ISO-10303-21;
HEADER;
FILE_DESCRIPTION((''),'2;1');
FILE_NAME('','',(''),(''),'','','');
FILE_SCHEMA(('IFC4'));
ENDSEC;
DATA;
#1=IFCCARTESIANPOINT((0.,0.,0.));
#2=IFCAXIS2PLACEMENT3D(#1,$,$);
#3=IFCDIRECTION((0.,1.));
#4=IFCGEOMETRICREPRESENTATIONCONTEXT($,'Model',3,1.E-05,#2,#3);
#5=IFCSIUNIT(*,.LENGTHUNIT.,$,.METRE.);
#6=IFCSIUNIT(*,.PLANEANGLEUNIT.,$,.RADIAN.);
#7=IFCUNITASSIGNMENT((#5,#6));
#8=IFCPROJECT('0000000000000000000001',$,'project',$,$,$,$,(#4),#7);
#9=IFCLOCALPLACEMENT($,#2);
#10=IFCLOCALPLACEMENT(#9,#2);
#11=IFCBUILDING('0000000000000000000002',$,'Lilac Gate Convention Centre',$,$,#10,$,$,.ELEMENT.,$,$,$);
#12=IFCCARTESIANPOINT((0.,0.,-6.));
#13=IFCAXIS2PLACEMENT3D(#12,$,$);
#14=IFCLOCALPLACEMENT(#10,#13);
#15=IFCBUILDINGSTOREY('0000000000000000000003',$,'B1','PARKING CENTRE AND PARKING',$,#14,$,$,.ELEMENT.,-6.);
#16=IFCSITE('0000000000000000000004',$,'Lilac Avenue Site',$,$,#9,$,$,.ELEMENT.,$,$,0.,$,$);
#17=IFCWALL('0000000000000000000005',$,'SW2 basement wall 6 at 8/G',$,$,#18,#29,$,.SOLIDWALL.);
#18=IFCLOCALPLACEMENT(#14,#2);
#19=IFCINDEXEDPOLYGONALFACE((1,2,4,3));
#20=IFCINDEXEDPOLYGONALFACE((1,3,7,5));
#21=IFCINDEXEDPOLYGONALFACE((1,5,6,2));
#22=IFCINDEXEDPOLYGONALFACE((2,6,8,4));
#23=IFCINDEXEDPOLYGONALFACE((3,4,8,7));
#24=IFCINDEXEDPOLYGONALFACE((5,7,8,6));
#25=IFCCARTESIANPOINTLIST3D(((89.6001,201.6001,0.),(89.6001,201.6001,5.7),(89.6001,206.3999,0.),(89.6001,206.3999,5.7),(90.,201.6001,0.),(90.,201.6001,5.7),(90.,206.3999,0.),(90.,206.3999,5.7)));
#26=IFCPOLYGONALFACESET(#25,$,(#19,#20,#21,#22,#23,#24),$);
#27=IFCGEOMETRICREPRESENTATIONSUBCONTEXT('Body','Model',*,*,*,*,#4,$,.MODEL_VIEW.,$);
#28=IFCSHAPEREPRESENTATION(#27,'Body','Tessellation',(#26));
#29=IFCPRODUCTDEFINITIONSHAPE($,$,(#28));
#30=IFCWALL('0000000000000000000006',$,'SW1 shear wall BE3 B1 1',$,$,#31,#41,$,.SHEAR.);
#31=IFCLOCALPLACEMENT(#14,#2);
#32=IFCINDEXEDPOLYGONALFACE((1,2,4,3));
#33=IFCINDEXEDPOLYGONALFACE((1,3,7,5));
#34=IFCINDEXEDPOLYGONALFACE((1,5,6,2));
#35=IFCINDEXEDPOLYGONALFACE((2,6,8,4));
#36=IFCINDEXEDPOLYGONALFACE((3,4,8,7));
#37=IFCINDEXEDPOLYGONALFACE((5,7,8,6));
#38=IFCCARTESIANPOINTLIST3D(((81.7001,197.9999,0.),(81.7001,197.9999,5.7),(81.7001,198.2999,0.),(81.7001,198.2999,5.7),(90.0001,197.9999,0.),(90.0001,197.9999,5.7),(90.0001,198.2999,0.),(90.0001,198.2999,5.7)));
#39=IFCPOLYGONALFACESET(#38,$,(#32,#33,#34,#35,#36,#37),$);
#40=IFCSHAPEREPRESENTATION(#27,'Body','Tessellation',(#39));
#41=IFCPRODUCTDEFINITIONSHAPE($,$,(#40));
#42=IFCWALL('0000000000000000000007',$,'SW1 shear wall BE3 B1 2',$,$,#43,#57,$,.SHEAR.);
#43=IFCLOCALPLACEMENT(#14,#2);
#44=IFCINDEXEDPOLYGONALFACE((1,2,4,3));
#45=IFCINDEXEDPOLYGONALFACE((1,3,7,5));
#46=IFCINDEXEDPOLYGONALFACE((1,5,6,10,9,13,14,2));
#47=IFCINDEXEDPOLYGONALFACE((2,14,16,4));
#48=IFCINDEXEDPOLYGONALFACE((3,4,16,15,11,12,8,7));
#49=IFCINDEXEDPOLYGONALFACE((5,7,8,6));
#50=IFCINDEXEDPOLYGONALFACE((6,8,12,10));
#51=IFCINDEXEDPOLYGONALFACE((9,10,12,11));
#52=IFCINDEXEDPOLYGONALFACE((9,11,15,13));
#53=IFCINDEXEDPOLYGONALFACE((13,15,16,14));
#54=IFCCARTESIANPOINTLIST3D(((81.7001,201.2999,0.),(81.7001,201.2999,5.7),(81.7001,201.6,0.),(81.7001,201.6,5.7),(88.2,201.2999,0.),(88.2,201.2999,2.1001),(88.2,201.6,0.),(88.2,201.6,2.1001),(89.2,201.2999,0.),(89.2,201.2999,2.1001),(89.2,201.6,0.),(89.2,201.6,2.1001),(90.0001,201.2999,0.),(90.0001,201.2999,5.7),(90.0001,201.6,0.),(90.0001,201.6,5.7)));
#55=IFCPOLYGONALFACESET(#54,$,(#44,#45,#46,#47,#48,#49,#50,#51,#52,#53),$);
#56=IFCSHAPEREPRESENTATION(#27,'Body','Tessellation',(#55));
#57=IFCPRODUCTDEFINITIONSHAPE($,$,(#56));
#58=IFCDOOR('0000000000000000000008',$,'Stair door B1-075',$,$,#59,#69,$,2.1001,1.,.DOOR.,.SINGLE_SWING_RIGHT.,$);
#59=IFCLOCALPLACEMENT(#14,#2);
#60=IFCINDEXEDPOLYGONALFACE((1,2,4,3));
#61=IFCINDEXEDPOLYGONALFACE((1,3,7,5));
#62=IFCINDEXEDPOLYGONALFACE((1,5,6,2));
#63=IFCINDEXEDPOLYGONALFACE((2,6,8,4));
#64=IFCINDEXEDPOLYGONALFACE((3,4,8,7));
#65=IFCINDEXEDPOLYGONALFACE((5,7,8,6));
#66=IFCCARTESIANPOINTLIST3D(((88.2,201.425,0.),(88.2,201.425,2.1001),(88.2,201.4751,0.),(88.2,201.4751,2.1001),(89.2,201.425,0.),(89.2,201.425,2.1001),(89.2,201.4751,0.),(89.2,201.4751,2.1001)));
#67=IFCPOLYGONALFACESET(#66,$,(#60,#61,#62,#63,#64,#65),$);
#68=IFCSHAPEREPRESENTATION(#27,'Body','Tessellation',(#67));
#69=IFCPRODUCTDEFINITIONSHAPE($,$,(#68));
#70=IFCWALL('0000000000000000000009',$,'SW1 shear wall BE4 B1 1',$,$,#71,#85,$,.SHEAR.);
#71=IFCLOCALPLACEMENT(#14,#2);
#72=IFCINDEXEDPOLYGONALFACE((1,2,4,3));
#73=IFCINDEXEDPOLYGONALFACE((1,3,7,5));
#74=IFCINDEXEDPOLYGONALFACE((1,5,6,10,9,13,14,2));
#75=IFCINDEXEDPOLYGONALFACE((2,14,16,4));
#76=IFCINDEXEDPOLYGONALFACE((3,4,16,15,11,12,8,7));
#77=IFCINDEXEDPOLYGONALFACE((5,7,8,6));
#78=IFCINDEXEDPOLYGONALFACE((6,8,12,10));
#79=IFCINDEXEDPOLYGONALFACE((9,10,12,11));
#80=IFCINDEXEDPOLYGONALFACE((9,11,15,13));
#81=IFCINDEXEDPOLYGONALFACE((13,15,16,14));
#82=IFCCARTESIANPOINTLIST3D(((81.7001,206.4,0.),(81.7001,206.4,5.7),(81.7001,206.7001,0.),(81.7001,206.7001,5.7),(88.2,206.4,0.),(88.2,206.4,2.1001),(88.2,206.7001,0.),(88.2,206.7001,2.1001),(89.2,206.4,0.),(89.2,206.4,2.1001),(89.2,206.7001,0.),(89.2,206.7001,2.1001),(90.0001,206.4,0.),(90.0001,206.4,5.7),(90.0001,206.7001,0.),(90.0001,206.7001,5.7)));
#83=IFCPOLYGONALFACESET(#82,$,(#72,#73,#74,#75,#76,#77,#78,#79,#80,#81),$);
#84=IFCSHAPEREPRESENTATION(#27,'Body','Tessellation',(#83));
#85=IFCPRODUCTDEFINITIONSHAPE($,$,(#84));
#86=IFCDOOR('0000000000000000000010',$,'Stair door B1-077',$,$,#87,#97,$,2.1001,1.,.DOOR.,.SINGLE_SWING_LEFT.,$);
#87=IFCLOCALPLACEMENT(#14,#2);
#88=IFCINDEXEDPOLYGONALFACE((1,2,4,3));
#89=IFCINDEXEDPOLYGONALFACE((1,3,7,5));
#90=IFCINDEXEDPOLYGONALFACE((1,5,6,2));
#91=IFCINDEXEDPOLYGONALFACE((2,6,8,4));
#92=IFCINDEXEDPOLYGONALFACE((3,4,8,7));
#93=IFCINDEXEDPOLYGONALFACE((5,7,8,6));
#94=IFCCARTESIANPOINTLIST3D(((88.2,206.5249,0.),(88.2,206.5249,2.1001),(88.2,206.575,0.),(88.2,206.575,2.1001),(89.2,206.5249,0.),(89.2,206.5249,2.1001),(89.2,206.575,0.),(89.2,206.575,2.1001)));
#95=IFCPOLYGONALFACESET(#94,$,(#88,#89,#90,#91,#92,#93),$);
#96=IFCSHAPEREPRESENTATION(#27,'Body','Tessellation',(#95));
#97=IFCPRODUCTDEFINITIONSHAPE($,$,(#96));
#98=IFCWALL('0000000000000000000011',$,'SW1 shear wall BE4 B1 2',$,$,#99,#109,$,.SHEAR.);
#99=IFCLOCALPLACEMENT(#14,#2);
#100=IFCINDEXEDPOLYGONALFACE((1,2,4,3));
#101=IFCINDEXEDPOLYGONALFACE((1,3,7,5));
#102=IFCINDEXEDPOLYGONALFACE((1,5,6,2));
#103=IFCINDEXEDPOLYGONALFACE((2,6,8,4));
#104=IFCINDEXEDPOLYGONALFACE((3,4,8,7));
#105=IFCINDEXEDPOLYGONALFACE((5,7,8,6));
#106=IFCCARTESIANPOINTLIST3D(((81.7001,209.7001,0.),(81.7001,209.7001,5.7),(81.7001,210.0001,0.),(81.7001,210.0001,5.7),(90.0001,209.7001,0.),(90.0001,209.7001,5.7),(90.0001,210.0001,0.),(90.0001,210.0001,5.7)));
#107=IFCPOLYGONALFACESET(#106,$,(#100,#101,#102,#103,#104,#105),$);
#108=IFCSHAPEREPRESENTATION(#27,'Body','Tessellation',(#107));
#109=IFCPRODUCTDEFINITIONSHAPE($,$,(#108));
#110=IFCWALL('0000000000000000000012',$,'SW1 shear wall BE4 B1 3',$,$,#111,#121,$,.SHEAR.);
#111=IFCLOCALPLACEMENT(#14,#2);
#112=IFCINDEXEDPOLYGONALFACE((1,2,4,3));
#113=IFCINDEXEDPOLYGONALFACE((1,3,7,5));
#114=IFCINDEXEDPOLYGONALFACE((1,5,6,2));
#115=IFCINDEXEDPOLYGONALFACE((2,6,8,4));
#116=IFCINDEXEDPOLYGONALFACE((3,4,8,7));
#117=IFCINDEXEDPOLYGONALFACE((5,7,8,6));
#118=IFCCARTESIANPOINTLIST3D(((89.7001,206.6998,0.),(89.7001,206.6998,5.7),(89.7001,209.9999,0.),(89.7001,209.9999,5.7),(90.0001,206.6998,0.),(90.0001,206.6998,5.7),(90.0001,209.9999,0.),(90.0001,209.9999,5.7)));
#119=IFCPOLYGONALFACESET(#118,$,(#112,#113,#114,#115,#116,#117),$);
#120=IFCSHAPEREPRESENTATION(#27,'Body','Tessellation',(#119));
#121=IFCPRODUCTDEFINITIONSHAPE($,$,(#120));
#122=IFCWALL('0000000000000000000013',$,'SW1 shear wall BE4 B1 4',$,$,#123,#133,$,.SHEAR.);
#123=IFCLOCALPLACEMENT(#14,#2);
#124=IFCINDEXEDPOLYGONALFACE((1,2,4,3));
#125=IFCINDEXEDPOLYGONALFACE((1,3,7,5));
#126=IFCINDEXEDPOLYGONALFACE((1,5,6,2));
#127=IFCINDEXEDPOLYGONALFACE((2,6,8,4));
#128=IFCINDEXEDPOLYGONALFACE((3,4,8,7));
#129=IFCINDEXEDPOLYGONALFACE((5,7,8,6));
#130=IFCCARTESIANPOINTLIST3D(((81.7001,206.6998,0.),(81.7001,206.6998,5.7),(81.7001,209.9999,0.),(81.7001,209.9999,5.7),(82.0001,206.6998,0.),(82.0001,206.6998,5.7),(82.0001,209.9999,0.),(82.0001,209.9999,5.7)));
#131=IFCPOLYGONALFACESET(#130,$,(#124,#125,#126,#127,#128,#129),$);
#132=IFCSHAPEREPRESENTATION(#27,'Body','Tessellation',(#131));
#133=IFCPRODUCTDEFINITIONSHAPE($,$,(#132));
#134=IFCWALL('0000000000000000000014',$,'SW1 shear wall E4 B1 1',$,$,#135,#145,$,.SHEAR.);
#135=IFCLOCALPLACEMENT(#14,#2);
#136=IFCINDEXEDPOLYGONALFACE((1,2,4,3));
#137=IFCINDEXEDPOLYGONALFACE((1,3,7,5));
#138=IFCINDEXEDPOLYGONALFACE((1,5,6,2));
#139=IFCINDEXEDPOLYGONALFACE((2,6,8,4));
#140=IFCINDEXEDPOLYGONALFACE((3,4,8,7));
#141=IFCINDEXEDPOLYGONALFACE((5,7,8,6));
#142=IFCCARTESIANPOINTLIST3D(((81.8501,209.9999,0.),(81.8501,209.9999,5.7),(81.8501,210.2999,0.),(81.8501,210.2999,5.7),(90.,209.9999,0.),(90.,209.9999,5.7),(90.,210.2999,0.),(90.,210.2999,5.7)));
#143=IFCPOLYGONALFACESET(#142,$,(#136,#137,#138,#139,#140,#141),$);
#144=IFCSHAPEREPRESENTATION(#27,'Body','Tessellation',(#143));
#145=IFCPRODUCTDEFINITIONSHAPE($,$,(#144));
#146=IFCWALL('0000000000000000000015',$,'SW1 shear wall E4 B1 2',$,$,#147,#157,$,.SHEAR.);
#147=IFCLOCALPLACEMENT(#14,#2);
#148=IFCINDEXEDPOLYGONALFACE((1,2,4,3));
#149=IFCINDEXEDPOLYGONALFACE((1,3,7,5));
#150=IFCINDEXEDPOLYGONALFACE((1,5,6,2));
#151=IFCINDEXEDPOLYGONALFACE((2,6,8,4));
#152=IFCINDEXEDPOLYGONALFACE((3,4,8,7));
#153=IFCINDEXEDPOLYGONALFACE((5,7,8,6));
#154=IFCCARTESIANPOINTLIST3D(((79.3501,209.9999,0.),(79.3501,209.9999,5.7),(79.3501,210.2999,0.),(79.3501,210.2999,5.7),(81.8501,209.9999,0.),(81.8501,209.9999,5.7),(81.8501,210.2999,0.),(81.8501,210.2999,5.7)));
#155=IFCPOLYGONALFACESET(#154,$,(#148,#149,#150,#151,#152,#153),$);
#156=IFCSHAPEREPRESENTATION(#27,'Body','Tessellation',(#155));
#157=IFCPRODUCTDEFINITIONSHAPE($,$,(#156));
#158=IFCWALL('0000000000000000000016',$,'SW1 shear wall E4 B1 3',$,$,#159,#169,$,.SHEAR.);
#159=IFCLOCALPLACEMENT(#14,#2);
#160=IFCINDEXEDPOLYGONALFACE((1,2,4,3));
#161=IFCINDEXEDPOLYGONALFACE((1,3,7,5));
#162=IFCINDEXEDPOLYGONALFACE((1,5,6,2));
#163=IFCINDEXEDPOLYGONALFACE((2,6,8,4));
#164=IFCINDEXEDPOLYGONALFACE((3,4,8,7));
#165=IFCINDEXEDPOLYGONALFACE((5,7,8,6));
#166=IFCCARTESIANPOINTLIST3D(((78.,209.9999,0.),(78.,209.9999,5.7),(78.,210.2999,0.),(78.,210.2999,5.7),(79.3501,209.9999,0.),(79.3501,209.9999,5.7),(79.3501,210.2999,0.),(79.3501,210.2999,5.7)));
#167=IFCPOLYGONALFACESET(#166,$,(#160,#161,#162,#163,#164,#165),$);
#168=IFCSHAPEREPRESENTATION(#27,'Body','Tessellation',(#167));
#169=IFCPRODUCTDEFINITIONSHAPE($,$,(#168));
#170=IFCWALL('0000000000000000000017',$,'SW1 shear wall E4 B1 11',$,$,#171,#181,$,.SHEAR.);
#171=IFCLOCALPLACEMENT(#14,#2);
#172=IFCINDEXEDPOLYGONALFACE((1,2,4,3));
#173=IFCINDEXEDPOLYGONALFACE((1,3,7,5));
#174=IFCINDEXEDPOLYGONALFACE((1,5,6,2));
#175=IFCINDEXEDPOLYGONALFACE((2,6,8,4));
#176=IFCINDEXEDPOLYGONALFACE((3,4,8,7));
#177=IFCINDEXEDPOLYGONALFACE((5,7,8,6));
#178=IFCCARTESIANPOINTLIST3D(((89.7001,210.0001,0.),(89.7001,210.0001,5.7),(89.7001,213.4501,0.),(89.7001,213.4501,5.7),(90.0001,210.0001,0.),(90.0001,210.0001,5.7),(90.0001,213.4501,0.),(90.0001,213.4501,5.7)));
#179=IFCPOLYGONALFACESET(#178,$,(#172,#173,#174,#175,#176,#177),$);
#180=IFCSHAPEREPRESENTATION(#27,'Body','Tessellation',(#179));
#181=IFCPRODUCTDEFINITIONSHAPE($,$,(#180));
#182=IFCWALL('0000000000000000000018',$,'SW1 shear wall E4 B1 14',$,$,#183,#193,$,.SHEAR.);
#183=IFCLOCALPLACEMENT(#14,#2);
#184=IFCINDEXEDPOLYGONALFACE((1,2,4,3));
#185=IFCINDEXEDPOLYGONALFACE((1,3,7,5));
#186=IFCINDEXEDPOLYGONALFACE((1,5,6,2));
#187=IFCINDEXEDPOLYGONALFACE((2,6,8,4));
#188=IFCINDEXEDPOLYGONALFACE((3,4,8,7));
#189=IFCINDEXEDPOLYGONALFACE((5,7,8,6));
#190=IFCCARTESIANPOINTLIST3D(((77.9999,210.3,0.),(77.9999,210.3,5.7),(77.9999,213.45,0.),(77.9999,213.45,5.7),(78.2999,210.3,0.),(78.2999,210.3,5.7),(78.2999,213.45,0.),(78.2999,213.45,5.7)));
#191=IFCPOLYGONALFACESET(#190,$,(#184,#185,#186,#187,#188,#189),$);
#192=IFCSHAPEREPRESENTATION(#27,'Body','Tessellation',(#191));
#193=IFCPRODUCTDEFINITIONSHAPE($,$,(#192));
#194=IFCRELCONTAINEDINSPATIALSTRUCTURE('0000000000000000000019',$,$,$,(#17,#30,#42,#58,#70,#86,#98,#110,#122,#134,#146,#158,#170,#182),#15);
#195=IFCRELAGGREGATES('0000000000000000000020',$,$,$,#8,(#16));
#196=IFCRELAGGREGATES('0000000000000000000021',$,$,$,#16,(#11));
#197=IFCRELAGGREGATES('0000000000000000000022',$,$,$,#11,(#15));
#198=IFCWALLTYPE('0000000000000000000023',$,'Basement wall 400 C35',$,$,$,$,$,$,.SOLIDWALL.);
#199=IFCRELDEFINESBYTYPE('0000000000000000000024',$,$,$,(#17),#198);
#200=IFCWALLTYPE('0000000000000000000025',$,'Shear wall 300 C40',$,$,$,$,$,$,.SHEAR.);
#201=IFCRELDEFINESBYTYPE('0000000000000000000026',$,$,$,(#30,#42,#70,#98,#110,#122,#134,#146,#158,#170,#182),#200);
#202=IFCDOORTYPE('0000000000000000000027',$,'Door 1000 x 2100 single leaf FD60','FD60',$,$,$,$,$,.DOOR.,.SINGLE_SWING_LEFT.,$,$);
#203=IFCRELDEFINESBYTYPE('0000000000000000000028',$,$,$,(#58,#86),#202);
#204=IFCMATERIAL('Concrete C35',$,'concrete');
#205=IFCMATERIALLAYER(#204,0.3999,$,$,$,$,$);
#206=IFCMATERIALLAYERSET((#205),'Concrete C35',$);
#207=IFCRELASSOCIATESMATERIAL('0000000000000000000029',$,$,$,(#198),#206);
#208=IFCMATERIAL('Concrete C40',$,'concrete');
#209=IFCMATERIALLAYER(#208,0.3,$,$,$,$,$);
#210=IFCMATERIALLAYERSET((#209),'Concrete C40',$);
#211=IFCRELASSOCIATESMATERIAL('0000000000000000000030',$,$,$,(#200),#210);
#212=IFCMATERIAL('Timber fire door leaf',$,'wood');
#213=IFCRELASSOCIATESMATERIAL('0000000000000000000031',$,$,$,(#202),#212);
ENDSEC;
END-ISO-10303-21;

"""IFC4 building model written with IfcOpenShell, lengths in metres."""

from ifc_helpers import new_model, si_unit, direction, frame, frame_2d, origin, place, context, subcontext, project, spatial, rectangle, extrude, material, layer, layer_set, type_object, element, fill, save


model = new_model("IFC4")

# Units and contexts
model_context = context("Model", 3, precision=1e-05, world=origin(), true_north=direction((0.0, 1.0)))
body_context = subcontext(model_context, "Body", "Model", "MODEL_VIEW")
ifc_project = project(units=[si_unit("LENGTHUNIT", "METRE"), si_unit("PLANEANGLEUNIT", "RADIAN")], contexts=[model_context])

# Site, building, storey
site_placement = place(None, origin())
site = spatial("IfcSite", under=ifc_project, at=site_placement, Name="Lilac Avenue Site", CompositionType="ELEMENT", RefElevation=0.0)
building_placement = place(site_placement, origin())
building = spatial("IfcBuilding", under=site, at=building_placement, Name="Lilac Gate Convention Centre", CompositionType="ELEMENT")
storey_placement = place(building_placement, frame((0.0, 0.0, -6.0)))
storey = spatial("IfcBuildingStorey", under=building, at=storey_placement, Name="B1", Description="PARKING CENTRE AND PARKING", CompositionType="ELEMENT", Elevation=-6.0)

# Walls
ifc_material_1 = material(Name="Concrete C35", Category="concrete")
ifc_layer_1 = layer(ifc_material_1, 0.3999)
ifc_layer_set_1 = layer_set([ifc_layer_1], Name="Concrete C35")
wall_type_1 = type_object("IfcWallType", Name="Basement wall 400 C35", PredefinedType="SOLIDWALL", material=ifc_layer_set_1)
wall_1_placement = place(storey_placement, frame((89.8, 201.6001, 0.0), z_axis=(0.0, 0.0, 1.0), x_axis=(0.0, 1.0, 0.0)))
element("IfcWall", 1, at=wall_1_placement, inside=storey, type_object=wall_type_1, Name="SW2 basement wall 6 at 8/G", PredefinedType="SOLIDWALL", context=body_context, shape_type="SweptSolid", body=[
    extrude(rectangle(XDim=4.7998, YDim=0.3999, at=frame_2d((2.3999, 0.0))), origin(), (0.0, 0.0, 1.0), 5.7),
])
ifc_material_2 = material(Name="Concrete C40", Category="concrete")
ifc_layer_2 = layer(ifc_material_2, 0.3)
ifc_layer_set_2 = layer_set([ifc_layer_2], Name="Concrete C40")
wall_type_2 = type_object("IfcWallType", Name="Shear wall 300 C40", PredefinedType="SHEAR", material=ifc_layer_set_2)
wall_2_placement = place(storey_placement, frame((90.0, 198.1499, 0.0), z_axis=(0.0, 0.0, 1.0), x_axis=(-1.0, 0.0, 0.0)))
element("IfcWall", 2, at=wall_2_placement, inside=storey, type_object=wall_type_2, Name="SW1 shear wall BE3 B1 1", PredefinedType="SHEAR", context=body_context, shape_type="SweptSolid", body=[
    extrude(rectangle(XDim=8.3, YDim=0.3, at=frame_2d((4.1499, 0.0))), origin(), (0.0, 0.0, 1.0), 5.7),
])

# Walls, openings, doors
wall_3_placement = place(storey_placement, frame((90.0, 201.45, 0.0), z_axis=(0.0, 0.0, 1.0), x_axis=(-1.0, 0.0, 0.0)))
wall_3 = element("IfcWall", 3, at=wall_3_placement, inside=storey, type_object=wall_type_2, Name="SW1 shear wall BE3 B1 2", PredefinedType="SHEAR", context=body_context, shape_type="SweptSolid", body=[
    extrude(rectangle(XDim=8.3, YDim=0.3, at=frame_2d((4.1499, 0.0))), origin(), (0.0, 0.0, 1.0), 5.7),
])
opening_1_placement = place(wall_3_placement, frame((0.8, 0.0, 0.0)))
opening_1 = element("IfcOpeningElement", 4, at=opening_1_placement, cuts=wall_3, PredefinedType="OPENING", context=body_context, shape_type="SweptSolid", body=[
    extrude(rectangle(XDim=1.0, YDim=2.1001, at=frame_2d((0.5, 1.05))), frame((0.0, 0.1599, 0.0), z_axis=(0.0, -1.0, 0.0), x_axis=(1.0, 0.0, 0.0)), (0.0, 0.0, 1.0), 0.3201),
])
ifc_material_3 = material(Name="Timber fire door leaf", Category="wood")
door_type = type_object("IfcDoorType", Name="Door 1000 x 2100 single leaf FD60", Description="FD60", OperationType="SINGLE_SWING_LEFT", PredefinedType="DOOR", material=ifc_material_3)
door_1_placement = place(opening_1_placement, origin())
door_1 = element("IfcDoor", 5, at=door_1_placement, inside=storey, type_object=door_type, Name="Stair door B1-075", OperationType="SINGLE_SWING_RIGHT", OverallHeight=2.1001, OverallWidth=1.0, PredefinedType="DOOR", context=body_context, shape_type="SweptSolid", body=[
    extrude(rectangle(XDim=1.0, YDim=2.1001, at=frame_2d((0.5, 1.05))), frame((0.0, 0.0249, 0.0), z_axis=(0.0, -1.0, 0.0), x_axis=(1.0, 0.0, 0.0)), (0.0, 0.0, 1.0), 0.05),
])
fill(opening_1, door_1)
wall_4_placement = place(storey_placement, frame((90.0, 206.55, 0.0), z_axis=(0.0, 0.0, 1.0), x_axis=(-1.0, 0.0, 0.0)))
wall_4 = element("IfcWall", 6, at=wall_4_placement, inside=storey, type_object=wall_type_2, Name="SW1 shear wall BE4 B1 1", PredefinedType="SHEAR", context=body_context, shape_type="SweptSolid", body=[
    extrude(rectangle(XDim=8.3, YDim=0.3, at=frame_2d((4.1499, 0.0))), origin(), (0.0, 0.0, 1.0), 5.7),
])
opening_2_placement = place(wall_4_placement, frame((0.8, 0.0, 0.0)))
opening_2 = element("IfcOpeningElement", 7, at=opening_2_placement, cuts=wall_4, PredefinedType="OPENING", context=body_context, shape_type="SweptSolid", body=[
    extrude(rectangle(XDim=1.0, YDim=2.1001, at=frame_2d((0.5, 1.05))), frame((0.0, 0.1599, 0.0), z_axis=(0.0, -1.0, 0.0), x_axis=(1.0, 0.0, 0.0)), (0.0, 0.0, 1.0), 0.3201),
])
door_2_placement = place(opening_2_placement, frame((1.0, 0.0, 0.0), z_axis=(0.0, 0.0, 1.0), x_axis=(-1.0, 0.0, 0.0)))
door_2 = element("IfcDoor", 8, at=door_2_placement, inside=storey, type_object=door_type, Name="Stair door B1-077", OperationType="SINGLE_SWING_LEFT", OverallHeight=2.1001, OverallWidth=1.0, PredefinedType="DOOR", context=body_context, shape_type="SweptSolid", body=[
    extrude(rectangle(XDim=1.0, YDim=2.1001, at=frame_2d((0.5, 1.05))), frame((0.0, 0.0249, 0.0), z_axis=(0.0, -1.0, 0.0), x_axis=(1.0, 0.0, 0.0)), (0.0, 0.0, 1.0), 0.05),
])
fill(opening_2, door_2)

# Walls
wall_5_placement = place(storey_placement, frame((90.0, 209.8501, 0.0), z_axis=(0.0, 0.0, 1.0), x_axis=(-1.0, 0.0, 0.0)))
element("IfcWall", 9, at=wall_5_placement, inside=storey, type_object=wall_type_2, Name="SW1 shear wall BE4 B1 2", PredefinedType="SHEAR", context=body_context, shape_type="SweptSolid", body=[
    extrude(rectangle(XDim=8.3, YDim=0.3, at=frame_2d((4.1499, 0.0))), origin(), (0.0, 0.0, 1.0), 5.7),
])
for number, where, z_axis, x_axis, name in (
    (10, (89.8501, 206.7, 0.0), (0.0, 0.0, 1.0), (0.0, 1.0, 0.0), "SW1 shear wall BE4 B1 3"),
    (11, (81.8501, 206.7, 0.0), (0.0, 0.0, 1.0), (0.0, 1.0, 0.0), "SW1 shear wall BE4 B1 4"),
):
    element("IfcWall", number, at=place(storey_placement, frame(where, z_axis=z_axis, x_axis=x_axis)), inside=storey, type_object=wall_type_2, Name=name, PredefinedType="SHEAR", context=body_context, shape_type="SweptSolid", body=[
        extrude(rectangle(XDim=3.3, YDim=0.3, at=frame_2d((1.6499, 0.0))), origin(), (0.0, 0.0, 1.0), 5.7),
    ])
wall_6_placement = place(storey_placement, frame((90.0, 210.1499, 0.0), z_axis=(0.0, 0.0, 1.0), x_axis=(-1.0, 0.0, 0.0)))
element("IfcWall", 12, at=wall_6_placement, inside=storey, type_object=wall_type_2, Name="SW1 shear wall E4 B1 1", PredefinedType="SHEAR", context=body_context, shape_type="SweptSolid", body=[
    extrude(rectangle(XDim=8.1499, YDim=0.3, at=frame_2d((4.075, 0.0))), origin(), (0.0, 0.0, 1.0), 5.7),
])
wall_7_placement = place(storey_placement, frame((81.8501, 210.1499, 0.0), z_axis=(0.0, 0.0, 1.0), x_axis=(-1.0, 0.0, 0.0)))
element("IfcWall", 13, at=wall_7_placement, inside=storey, type_object=wall_type_2, Name="SW1 shear wall E4 B1 2", PredefinedType="SHEAR", context=body_context, shape_type="SweptSolid", body=[
    extrude(rectangle(XDim=2.5, YDim=0.3, at=frame_2d((1.25, 0.0))), origin(), (0.0, 0.0, 1.0), 5.7),
])
wall_8_placement = place(storey_placement, frame((79.3501, 210.1499, 0.0), z_axis=(0.0, 0.0, 1.0), x_axis=(-1.0, 0.0, 0.0)))
element("IfcWall", 14, at=wall_8_placement, inside=storey, type_object=wall_type_2, Name="SW1 shear wall E4 B1 3", PredefinedType="SHEAR", context=body_context, shape_type="SweptSolid", body=[
    extrude(rectangle(XDim=1.3501, YDim=0.3, at=frame_2d((0.675, 0.0))), origin(), (0.0, 0.0, 1.0), 5.7),
])
wall_9_placement = place(storey_placement, frame((89.8501, 210.0, 0.0), z_axis=(0.0, 0.0, 1.0), x_axis=(0.0, 1.0, 0.0)))
element("IfcWall", 15, at=wall_9_placement, inside=storey, type_object=wall_type_2, Name="SW1 shear wall E4 B1 11", PredefinedType="SHEAR", context=body_context, shape_type="SweptSolid", body=[
    extrude(rectangle(XDim=3.45, YDim=0.3, at=frame_2d((1.7251, 0.0))), origin(), (0.0, 0.0, 1.0), 5.7),
])
wall_10_placement = place(storey_placement, frame((78.1499, 210.3, 0.0), z_axis=(0.0, 0.0, 1.0), x_axis=(0.0, 1.0, 0.0)))
element("IfcWall", 16, at=wall_10_placement, inside=storey, type_object=wall_type_2, Name="SW1 shear wall E4 B1 14", PredefinedType="SHEAR", context=body_context, shape_type="SweptSolid", body=[
    extrude(rectangle(XDim=3.1499, YDim=0.3, at=frame_2d((1.575, 0.0))), origin(), (0.0, 0.0, 1.0), 5.7),
])

save(model, "model.ifc")
